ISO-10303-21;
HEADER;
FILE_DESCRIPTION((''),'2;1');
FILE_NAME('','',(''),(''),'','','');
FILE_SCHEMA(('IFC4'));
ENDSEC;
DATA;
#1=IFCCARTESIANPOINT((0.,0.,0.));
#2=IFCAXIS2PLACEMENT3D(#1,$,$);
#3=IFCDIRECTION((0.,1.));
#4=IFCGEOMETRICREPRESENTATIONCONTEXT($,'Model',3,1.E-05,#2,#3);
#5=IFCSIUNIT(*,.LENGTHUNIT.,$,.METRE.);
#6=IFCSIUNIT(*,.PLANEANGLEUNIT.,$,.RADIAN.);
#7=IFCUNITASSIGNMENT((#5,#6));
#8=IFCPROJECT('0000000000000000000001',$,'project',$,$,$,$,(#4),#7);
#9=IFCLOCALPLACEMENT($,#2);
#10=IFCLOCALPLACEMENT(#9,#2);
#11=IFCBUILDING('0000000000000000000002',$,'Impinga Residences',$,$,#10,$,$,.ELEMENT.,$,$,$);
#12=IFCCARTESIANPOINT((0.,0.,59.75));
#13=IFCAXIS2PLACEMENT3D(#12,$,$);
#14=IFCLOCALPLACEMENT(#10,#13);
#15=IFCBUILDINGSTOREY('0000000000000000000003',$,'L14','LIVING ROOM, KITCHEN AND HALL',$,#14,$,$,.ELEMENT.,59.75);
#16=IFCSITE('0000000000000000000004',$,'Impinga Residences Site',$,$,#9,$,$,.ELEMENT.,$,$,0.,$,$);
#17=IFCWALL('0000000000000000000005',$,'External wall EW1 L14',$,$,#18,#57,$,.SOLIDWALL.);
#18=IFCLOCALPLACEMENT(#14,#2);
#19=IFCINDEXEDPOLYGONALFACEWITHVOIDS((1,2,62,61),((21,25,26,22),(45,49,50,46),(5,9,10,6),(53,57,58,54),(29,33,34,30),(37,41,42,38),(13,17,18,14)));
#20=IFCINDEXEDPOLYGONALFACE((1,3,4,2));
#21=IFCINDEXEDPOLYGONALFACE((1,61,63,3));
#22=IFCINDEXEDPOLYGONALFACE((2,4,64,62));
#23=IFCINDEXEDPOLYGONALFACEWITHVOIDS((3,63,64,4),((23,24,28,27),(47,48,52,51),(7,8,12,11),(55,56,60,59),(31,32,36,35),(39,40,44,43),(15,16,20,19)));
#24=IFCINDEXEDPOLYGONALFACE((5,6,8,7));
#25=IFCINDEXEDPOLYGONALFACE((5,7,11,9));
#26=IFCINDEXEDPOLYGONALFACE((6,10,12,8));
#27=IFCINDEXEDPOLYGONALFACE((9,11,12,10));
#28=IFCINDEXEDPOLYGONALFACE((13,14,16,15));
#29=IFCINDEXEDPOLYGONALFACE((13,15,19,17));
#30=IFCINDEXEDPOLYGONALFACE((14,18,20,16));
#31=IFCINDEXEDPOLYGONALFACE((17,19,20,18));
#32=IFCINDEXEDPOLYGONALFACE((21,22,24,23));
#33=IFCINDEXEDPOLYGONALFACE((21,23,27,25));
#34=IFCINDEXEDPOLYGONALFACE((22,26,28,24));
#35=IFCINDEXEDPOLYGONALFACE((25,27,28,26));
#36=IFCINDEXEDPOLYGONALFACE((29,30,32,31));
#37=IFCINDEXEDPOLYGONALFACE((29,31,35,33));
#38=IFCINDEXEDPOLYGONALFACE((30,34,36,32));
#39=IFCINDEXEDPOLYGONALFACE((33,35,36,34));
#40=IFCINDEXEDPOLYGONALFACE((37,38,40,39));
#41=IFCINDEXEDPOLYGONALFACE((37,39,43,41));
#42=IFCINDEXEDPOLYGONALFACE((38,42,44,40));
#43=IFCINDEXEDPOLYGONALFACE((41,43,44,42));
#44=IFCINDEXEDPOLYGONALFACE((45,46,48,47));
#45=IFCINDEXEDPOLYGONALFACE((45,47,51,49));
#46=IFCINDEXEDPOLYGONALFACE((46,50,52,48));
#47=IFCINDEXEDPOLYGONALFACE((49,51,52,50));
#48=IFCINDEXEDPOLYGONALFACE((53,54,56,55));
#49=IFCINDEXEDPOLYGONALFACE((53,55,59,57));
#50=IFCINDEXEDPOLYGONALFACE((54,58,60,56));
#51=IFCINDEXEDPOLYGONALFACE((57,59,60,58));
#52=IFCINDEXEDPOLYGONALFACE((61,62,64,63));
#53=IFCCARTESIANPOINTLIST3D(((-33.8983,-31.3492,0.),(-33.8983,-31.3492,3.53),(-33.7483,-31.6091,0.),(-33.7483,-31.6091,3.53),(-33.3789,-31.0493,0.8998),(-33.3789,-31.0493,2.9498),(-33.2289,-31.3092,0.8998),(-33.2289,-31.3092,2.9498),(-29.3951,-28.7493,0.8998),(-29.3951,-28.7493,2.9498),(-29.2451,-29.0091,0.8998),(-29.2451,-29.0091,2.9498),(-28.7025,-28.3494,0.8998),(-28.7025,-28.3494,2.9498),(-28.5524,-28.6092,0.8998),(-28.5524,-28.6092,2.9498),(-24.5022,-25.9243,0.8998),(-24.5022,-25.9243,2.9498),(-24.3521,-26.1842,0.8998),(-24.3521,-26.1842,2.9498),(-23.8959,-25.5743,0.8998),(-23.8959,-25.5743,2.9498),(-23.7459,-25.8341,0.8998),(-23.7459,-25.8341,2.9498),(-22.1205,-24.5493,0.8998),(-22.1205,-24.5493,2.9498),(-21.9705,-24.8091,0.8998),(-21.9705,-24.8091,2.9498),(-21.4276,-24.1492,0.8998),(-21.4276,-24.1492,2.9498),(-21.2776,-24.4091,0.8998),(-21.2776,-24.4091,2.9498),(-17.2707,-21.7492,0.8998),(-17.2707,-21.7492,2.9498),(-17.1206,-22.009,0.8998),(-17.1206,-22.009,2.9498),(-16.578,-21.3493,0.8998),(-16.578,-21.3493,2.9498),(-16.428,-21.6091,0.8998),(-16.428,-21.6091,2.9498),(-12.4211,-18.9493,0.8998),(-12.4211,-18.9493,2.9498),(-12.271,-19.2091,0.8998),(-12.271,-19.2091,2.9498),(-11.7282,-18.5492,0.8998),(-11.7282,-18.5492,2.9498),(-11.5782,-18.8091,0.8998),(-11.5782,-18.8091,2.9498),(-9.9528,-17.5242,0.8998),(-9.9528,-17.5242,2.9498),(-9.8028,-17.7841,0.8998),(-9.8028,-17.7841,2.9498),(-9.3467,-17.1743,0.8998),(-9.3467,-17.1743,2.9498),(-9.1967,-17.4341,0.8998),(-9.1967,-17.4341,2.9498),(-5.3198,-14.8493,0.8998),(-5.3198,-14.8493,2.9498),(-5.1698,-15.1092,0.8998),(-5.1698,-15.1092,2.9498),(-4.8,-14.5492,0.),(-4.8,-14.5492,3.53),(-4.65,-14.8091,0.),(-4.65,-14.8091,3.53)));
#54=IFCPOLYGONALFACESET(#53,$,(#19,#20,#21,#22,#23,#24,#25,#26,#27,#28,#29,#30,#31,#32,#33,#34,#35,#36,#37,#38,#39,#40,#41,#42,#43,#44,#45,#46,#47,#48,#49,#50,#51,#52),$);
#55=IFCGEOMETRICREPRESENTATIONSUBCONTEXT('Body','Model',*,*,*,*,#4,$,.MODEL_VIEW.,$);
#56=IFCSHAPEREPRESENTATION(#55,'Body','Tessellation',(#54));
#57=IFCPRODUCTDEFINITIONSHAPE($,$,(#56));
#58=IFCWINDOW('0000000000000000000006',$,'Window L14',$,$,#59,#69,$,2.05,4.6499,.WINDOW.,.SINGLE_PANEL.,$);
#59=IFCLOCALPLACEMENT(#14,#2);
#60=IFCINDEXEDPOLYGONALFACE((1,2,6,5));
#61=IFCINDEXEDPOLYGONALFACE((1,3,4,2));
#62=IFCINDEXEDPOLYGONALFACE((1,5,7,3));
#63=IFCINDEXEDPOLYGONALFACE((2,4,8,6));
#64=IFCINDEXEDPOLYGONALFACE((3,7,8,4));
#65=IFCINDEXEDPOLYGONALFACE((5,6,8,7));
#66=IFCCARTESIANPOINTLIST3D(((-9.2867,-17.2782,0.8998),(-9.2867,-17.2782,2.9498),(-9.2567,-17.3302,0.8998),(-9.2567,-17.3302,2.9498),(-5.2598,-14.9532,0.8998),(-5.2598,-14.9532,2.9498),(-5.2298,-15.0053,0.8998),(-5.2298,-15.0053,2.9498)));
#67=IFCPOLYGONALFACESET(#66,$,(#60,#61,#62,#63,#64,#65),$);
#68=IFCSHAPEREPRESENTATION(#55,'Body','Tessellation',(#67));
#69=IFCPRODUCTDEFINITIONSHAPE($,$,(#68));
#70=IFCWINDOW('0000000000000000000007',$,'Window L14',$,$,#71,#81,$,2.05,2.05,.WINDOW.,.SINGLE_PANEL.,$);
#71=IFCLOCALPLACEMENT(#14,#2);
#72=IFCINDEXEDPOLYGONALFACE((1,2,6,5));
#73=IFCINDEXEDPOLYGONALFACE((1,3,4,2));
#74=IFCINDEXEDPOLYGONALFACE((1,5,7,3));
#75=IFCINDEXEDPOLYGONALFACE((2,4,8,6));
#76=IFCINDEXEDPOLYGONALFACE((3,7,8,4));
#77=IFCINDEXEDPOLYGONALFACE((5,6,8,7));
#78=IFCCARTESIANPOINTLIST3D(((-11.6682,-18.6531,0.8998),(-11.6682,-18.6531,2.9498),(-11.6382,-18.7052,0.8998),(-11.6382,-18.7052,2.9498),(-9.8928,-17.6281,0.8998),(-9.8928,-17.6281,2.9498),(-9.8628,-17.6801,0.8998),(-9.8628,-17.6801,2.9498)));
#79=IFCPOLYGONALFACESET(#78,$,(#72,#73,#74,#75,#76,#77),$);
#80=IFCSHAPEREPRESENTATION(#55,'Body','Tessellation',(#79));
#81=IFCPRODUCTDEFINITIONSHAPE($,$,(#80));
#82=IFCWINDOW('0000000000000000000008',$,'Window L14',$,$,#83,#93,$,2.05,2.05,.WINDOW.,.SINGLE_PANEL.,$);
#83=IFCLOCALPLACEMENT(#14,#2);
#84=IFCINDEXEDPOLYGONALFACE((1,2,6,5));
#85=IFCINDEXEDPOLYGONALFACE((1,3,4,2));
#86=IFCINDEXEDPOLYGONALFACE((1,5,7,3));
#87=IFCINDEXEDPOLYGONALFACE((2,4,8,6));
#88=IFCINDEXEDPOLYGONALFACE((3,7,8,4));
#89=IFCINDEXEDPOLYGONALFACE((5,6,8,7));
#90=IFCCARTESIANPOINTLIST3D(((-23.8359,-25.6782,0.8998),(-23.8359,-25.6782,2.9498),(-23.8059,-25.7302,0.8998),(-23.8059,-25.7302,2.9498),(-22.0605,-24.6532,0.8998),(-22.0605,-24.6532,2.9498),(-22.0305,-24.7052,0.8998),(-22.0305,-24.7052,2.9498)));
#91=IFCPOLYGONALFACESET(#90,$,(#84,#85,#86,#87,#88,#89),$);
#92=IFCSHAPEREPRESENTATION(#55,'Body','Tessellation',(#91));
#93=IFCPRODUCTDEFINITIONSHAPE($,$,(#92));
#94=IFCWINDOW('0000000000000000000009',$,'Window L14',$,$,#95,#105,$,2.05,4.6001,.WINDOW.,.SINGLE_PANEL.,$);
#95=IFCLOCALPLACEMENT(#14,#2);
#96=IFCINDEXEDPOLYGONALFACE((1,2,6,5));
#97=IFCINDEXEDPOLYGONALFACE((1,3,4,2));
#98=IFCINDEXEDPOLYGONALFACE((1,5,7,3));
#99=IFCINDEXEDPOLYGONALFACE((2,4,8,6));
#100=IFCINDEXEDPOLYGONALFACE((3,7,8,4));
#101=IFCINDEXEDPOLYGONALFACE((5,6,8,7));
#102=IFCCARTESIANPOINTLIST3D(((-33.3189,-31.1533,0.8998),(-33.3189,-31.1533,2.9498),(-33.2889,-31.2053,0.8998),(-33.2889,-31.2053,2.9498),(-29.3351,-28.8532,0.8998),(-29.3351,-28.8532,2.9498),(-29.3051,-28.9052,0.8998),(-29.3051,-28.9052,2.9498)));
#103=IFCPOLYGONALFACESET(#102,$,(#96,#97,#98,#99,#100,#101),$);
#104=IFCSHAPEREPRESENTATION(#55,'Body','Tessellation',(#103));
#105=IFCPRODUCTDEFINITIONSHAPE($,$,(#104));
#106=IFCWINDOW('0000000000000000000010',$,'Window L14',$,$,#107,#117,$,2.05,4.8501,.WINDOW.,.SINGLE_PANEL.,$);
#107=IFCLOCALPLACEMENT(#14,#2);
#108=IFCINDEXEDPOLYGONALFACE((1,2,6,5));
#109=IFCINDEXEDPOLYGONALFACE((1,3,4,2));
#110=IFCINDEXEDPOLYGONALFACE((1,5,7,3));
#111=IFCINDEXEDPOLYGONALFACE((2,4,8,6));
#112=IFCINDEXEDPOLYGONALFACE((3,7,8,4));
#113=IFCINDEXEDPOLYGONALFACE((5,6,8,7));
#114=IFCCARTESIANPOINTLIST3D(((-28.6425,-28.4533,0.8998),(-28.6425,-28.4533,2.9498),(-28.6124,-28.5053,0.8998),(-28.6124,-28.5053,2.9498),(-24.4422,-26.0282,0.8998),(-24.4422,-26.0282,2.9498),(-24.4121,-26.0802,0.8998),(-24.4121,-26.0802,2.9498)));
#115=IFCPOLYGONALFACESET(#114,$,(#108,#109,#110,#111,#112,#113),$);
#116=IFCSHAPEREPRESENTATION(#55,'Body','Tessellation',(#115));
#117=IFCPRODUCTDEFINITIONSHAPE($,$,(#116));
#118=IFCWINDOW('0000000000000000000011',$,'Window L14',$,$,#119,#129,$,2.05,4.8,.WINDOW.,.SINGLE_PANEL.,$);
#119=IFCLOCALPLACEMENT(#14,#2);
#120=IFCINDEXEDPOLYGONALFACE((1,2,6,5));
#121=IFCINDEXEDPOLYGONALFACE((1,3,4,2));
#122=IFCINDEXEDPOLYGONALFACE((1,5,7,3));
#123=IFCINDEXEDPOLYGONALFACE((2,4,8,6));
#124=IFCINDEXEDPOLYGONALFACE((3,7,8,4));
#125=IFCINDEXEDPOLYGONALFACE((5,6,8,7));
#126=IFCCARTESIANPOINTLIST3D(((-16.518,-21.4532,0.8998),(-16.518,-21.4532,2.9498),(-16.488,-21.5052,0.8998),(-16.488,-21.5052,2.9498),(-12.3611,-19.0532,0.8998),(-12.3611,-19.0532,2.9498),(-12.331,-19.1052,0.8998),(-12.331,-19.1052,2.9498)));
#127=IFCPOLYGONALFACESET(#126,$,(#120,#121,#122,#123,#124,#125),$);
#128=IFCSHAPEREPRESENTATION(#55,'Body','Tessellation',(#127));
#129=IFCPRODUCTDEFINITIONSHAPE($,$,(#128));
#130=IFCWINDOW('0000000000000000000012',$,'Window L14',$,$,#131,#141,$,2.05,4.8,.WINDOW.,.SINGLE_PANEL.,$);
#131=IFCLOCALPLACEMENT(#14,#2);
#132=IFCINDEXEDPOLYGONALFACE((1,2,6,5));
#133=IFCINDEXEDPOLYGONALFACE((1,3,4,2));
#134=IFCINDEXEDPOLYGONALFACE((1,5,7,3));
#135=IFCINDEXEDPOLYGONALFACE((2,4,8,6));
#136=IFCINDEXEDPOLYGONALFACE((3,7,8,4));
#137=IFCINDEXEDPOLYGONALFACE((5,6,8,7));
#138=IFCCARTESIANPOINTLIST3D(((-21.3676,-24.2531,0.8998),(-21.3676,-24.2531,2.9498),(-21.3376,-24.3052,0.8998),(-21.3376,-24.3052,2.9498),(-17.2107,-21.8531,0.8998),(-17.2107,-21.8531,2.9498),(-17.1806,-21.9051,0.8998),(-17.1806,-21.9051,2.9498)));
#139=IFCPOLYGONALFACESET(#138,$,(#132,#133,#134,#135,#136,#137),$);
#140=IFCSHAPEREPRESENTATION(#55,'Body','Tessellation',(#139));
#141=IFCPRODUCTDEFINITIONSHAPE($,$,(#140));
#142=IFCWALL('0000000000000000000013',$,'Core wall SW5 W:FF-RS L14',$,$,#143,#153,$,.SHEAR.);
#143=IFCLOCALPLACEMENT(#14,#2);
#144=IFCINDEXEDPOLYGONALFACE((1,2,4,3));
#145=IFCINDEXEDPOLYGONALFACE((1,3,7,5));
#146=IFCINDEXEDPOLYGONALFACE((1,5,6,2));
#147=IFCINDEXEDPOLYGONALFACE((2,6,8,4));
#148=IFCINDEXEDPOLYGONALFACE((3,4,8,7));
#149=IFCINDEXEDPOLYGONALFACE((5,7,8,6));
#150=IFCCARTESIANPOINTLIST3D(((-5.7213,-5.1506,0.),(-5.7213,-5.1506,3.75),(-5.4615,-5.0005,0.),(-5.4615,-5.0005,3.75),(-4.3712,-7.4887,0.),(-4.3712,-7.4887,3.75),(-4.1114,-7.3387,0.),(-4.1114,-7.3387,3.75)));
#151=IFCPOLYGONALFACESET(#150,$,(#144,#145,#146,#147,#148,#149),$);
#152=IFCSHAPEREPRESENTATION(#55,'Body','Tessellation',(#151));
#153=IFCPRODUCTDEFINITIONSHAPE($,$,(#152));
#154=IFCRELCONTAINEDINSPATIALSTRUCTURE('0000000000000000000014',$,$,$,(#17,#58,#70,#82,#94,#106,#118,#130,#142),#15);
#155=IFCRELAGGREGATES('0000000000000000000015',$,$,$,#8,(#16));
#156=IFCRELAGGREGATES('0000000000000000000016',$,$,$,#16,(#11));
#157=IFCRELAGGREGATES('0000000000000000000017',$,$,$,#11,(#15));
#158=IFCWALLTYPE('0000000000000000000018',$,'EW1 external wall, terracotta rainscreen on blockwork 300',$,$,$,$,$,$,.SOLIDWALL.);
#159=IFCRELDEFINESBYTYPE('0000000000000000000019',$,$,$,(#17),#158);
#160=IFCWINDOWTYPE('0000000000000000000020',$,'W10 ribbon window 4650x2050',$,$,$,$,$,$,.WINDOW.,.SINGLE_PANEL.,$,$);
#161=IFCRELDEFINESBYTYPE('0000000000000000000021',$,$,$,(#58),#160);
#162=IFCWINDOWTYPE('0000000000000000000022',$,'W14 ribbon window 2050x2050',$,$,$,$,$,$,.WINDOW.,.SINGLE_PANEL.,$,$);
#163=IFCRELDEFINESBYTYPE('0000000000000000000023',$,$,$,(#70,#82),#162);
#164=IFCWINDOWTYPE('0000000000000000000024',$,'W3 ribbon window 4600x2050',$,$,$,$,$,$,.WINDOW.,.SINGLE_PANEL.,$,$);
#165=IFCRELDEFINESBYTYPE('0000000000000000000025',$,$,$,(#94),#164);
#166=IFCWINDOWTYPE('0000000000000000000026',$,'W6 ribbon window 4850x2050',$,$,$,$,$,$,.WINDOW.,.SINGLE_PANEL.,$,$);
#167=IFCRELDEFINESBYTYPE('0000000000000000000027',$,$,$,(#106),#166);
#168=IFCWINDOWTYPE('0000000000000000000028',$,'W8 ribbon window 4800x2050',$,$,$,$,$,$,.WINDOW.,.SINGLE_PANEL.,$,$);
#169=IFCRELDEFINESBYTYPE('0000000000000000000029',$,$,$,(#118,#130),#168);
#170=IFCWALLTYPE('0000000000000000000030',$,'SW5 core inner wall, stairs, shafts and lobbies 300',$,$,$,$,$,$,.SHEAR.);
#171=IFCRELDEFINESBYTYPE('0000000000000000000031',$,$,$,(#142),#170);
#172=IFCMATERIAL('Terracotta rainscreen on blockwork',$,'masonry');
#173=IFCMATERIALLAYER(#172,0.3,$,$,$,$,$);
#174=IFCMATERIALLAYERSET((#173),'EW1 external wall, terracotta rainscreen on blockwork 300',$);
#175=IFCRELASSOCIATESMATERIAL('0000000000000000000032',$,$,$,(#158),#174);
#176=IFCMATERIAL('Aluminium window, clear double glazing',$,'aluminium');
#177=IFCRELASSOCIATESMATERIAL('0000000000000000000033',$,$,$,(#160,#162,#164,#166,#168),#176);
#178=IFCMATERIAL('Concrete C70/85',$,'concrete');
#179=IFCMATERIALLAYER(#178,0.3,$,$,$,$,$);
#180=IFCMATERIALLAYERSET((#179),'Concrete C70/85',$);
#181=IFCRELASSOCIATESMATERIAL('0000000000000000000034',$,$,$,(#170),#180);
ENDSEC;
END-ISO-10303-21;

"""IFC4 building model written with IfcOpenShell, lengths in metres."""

from ifc_helpers import new_model, si_unit, direction, frame, frame_2d, origin, place, context, subcontext, project, spatial, rectangle, extrude, material, layer, layer_set, type_object, element, fill, save


model = new_model("IFC4")

# Units and contexts
model_context = context("Model", 3, precision=1e-05, world=origin(), true_north=direction((0.0, 1.0)))
body_context = subcontext(model_context, "Body", "Model", "MODEL_VIEW")
ifc_project = project(units=[si_unit("LENGTHUNIT", "METRE"), si_unit("PLANEANGLEUNIT", "RADIAN")], contexts=[model_context])

# Site, building, storey
site_placement = place(None, origin())
site = spatial("IfcSite", under=ifc_project, at=site_placement, Name="Impinga Residences Site", CompositionType="ELEMENT", RefElevation=0.0)
building_placement = place(site_placement, origin())
building = spatial("IfcBuilding", under=site, at=building_placement, Name="Impinga Residences", CompositionType="ELEMENT")
storey_placement = place(building_placement, frame((0.0, 0.0, 59.75)))
storey = spatial("IfcBuildingStorey", under=building, at=storey_placement, Name="L14", Description="LIVING ROOM, KITCHEN AND HALL", CompositionType="ELEMENT", Elevation=59.75)

# Shared definitions
ifc_material_1 = material(Name="Concrete C70/85", Category="concrete")

# Shared definitions
ifc_material_2 = material(Name="Terracotta rainscreen on blockwork", Category="masonry")
ifc_layer_1 = layer(ifc_material_2, 0.3)
ifc_layer_set_1 = layer_set([ifc_layer_1], Name="EW1 external wall, terracotta rainscreen on blockwork 300")
wall_type_1 = type_object("IfcWallType", Name="EW1 external wall, terracotta rainscreen on blockwork 300", PredefinedType="SOLIDWALL", material=ifc_layer_set_1)

# Wall, openings, windows
wall_1_placement = place(storey_placement, frame((-4.7251, -14.6792, 0.0), z_axis=(0.0, 0.0, 1.0), x_axis=(-0.866024, -0.500002, 0.0)))
wall_1 = element("IfcWall", 1, at=wall_1_placement, inside=storey, type_object=wall_type_1, Name="External wall EW1 L14", PredefinedType="SOLIDWALL", context=body_context, shape_type="SweptSolid", body=[
    extrude(rectangle(XDim=33.5999, YDim=0.3, at=frame_2d((16.7998, 0.0))), origin(), (0.0, 0.0, 1.0), 3.53),
])
opening_1_placement = place(wall_1_placement, frame((0.6001, 0.0, 0.8999)))
opening_1 = element("IfcOpeningElement", 2, at=opening_1_placement, cuts=wall_1, PredefinedType="OPENING", context=body_context, shape_type="SweptSolid", body=[
    extrude(rectangle(XDim=4.6499, YDim=2.05, at=frame_2d((2.325, 1.0249))), frame((0.0, 0.1599, 0.0), z_axis=(0.0, -1.0, 0.0), x_axis=(1.0, 0.0, 0.0)), (0.0, 0.0, 1.0), 0.3201),
])
opening_2_placement = place(wall_1_placement, frame((5.95, 0.0, 0.8999)))
opening_2 = element("IfcOpeningElement", 3, at=opening_2_placement, cuts=wall_1, PredefinedType="OPENING", context=body_context, shape_type="SweptSolid", body=[
    extrude(rectangle(XDim=2.05, YDim=2.05, at=frame_2d((1.0249, 1.0249))), frame((0.0, 0.1599, 0.0), z_axis=(0.0, -1.0, 0.0), x_axis=(1.0, 0.0, 0.0)), (0.0, 0.0, 1.0), 0.3201),
])
opening_3_placement = place(wall_1_placement, frame((8.8, 0.0, 0.8999)))
opening_3 = element("IfcOpeningElement", 4, at=opening_3_placement, cuts=wall_1, PredefinedType="OPENING", context=body_context, shape_type="SweptSolid", body=[
    extrude(rectangle(XDim=4.8, YDim=2.05, at=frame_2d((2.3999, 1.0249))), frame((0.0, 0.1599, 0.0), z_axis=(0.0, -1.0, 0.0), x_axis=(1.0, 0.0, 0.0)), (0.0, 0.0, 1.0), 0.3201),
])
opening_4_placement = place(wall_1_placement, frame((14.3999, 0.0, 0.8999)))
opening_4 = element("IfcOpeningElement", 5, at=opening_4_placement, cuts=wall_1, PredefinedType="OPENING", context=body_context, shape_type="SweptSolid", body=[
    extrude(rectangle(XDim=4.8, YDim=2.05, at=frame_2d((2.3999, 1.0249))), frame((0.0, 0.1599, 0.0), z_axis=(0.0, -1.0, 0.0), x_axis=(1.0, 0.0, 0.0)), (0.0, 0.0, 1.0), 0.3201),
])
opening_5_placement = place(wall_1_placement, frame((20.0, 0.0, 0.8999)))
opening_5 = element("IfcOpeningElement", 6, at=opening_5_placement, cuts=wall_1, PredefinedType="OPENING", context=body_context, shape_type="SweptSolid", body=[
    extrude(rectangle(XDim=2.05, YDim=2.05, at=frame_2d((1.0249, 1.0249))), frame((0.0, 0.1599, 0.0), z_axis=(0.0, -1.0, 0.0), x_axis=(1.0, 0.0, 0.0)), (0.0, 0.0, 1.0), 0.3201),
])
opening_6_placement = place(wall_1_placement, frame((22.75, 0.0, 0.8999)))
opening_6 = element("IfcOpeningElement", 7, at=opening_6_placement, cuts=wall_1, PredefinedType="OPENING", context=body_context, shape_type="SweptSolid", body=[
    extrude(rectangle(XDim=4.8501, YDim=2.05, at=frame_2d((2.425, 1.0249))), frame((0.0, 0.1599, 0.0), z_axis=(0.0, -1.0, 0.0), x_axis=(1.0, 0.0, 0.0)), (0.0, 0.0, 1.0), 0.3201),
])
opening_7_placement = place(wall_1_placement, frame((28.3999, 0.0, 0.8999)))
opening_7 = element("IfcOpeningElement", 8, at=opening_7_placement, cuts=wall_1, PredefinedType="OPENING", context=body_context, shape_type="SweptSolid", body=[
    extrude(rectangle(XDim=4.6001, YDim=2.05, at=frame_2d((2.3, 1.0249))), frame((0.0, 0.1599, 0.0), z_axis=(0.0, -1.0, 0.0), x_axis=(1.0, 0.0, 0.0)), (0.0, 0.0, 1.0), 0.3201),
])
ifc_material_3 = material(Name="Aluminium window, clear double glazing", Category="aluminium")
window_type_1 = type_object("IfcWindowType", Name="W10 ribbon window 4650x2050", PartitioningType="SINGLE_PANEL", PredefinedType="WINDOW", material=ifc_material_3)
window_1_placement = place(opening_1_placement, origin())
window_1 = element("IfcWindow", 9, at=window_1_placement, inside=storey, type_object=window_type_1, Name="Window L14", OverallHeight=2.05, OverallWidth=4.6499, PartitioningType="SINGLE_PANEL", PredefinedType="WINDOW", context=body_context, shape_type="SweptSolid", body=[
    extrude(rectangle(XDim=4.6499, YDim=2.05, at=frame_2d((2.325, 1.0249))), frame((0.0, 0.03, 0.0), z_axis=(0.0, -1.0, 0.0), x_axis=(1.0, 0.0, 0.0)), (0.0, 0.0, 1.0), 0.0601),
])
fill(opening_1, window_1)
window_type_2 = type_object("IfcWindowType", Name="W14 ribbon window 2050x2050", PartitioningType="SINGLE_PANEL", PredefinedType="WINDOW", material=ifc_material_3)
window_2_placement = place(opening_2_placement, origin())
window_2 = element("IfcWindow", 10, at=window_2_placement, inside=storey, type_object=window_type_2, Name="Window L14", OverallHeight=2.05, OverallWidth=2.05, PartitioningType="SINGLE_PANEL", PredefinedType="WINDOW", context=body_context, shape_type="SweptSolid", body=[
    extrude(rectangle(XDim=2.05, YDim=2.05, at=frame_2d((1.0249, 1.0249))), frame((0.0, 0.03, 0.0), z_axis=(0.0, -1.0, 0.0), x_axis=(1.0, 0.0, 0.0)), (0.0, 0.0, 1.0), 0.0601),
])
fill(opening_2, window_2)
window_3_placement = place(opening_5_placement, origin())
window_3 = element("IfcWindow", 11, at=window_3_placement, inside=storey, type_object=window_type_2, Name="Window L14", OverallHeight=2.05, OverallWidth=2.05, PartitioningType="SINGLE_PANEL", PredefinedType="WINDOW", context=body_context, shape_type="SweptSolid", body=[
    extrude(rectangle(XDim=2.05, YDim=2.05, at=frame_2d((1.0249, 1.0249))), frame((0.0, 0.03, 0.0), z_axis=(0.0, -1.0, 0.0), x_axis=(1.0, 0.0, 0.0)), (0.0, 0.0, 1.0), 0.0601),
])
fill(opening_5, window_3)
window_type_3 = type_object("IfcWindowType", Name="W3 ribbon window 4600x2050", PartitioningType="SINGLE_PANEL", PredefinedType="WINDOW", material=ifc_material_3)
window_4_placement = place(opening_7_placement, origin())
window_4 = element("IfcWindow", 12, at=window_4_placement, inside=storey, type_object=window_type_3, Name="Window L14", OverallHeight=2.05, OverallWidth=4.6001, PartitioningType="SINGLE_PANEL", PredefinedType="WINDOW", context=body_context, shape_type="SweptSolid", body=[
    extrude(rectangle(XDim=4.6001, YDim=2.05, at=frame_2d((2.3, 1.0249))), frame((0.0, 0.03, 0.0), z_axis=(0.0, -1.0, 0.0), x_axis=(1.0, 0.0, 0.0)), (0.0, 0.0, 1.0), 0.0601),
])
fill(opening_7, window_4)
window_type_4 = type_object("IfcWindowType", Name="W6 ribbon window 4850x2050", PartitioningType="SINGLE_PANEL", PredefinedType="WINDOW", material=ifc_material_3)
window_5_placement = place(opening_6_placement, origin())
window_5 = element("IfcWindow", 13, at=window_5_placement, inside=storey, type_object=window_type_4, Name="Window L14", OverallHeight=2.05, OverallWidth=4.8501, PartitioningType="SINGLE_PANEL", PredefinedType="WINDOW", context=body_context, shape_type="SweptSolid", body=[
    extrude(rectangle(XDim=4.8501, YDim=2.05, at=frame_2d((2.425, 1.0249))), frame((0.0, 0.03, 0.0), z_axis=(0.0, -1.0, 0.0), x_axis=(1.0, 0.0, 0.0)), (0.0, 0.0, 1.0), 0.0601),
])
fill(opening_6, window_5)
window_type_5 = type_object("IfcWindowType", Name="W8 ribbon window 4800x2050", PartitioningType="SINGLE_PANEL", PredefinedType="WINDOW", material=ifc_material_3)
window_6_placement = place(opening_3_placement, origin())
window_6 = element("IfcWindow", 14, at=window_6_placement, inside=storey, type_object=window_type_5, Name="Window L14", OverallHeight=2.05, OverallWidth=4.8, PartitioningType="SINGLE_PANEL", PredefinedType="WINDOW", context=body_context, shape_type="SweptSolid", body=[
    extrude(rectangle(XDim=4.8, YDim=2.05, at=frame_2d((2.3999, 1.0249))), frame((0.0, 0.03, 0.0), z_axis=(0.0, -1.0, 0.0), x_axis=(1.0, 0.0, 0.0)), (0.0, 0.0, 1.0), 0.0601),
])
fill(opening_3, window_6)
window_7_placement = place(opening_4_placement, origin())
window_7 = element("IfcWindow", 15, at=window_7_placement, inside=storey, type_object=window_type_5, Name="Window L14", OverallHeight=2.05, OverallWidth=4.8, PartitioningType="SINGLE_PANEL", PredefinedType="WINDOW", context=body_context, shape_type="SweptSolid", body=[
    extrude(rectangle(XDim=4.8, YDim=2.05, at=frame_2d((2.3999, 1.0249))), frame((0.0, 0.03, 0.0), z_axis=(0.0, -1.0, 0.0), x_axis=(1.0, 0.0, 0.0)), (0.0, 0.0, 1.0), 0.0601),
])
fill(opening_4, window_7)

# Wall
ifc_layer_2 = layer(ifc_material_1, 0.3)
ifc_layer_set_2 = layer_set([ifc_layer_2], Name="Concrete C70/85")
wall_type_2 = type_object("IfcWallType", Name="SW5 core inner wall, stairs, shafts and lobbies 300", PredefinedType="SHEAR", material=ifc_layer_set_2)
wall_2_placement = place(storey_placement, frame((-4.2412, -7.4138, 0.0), z_axis=(0.0, 0.0, 1.0), x_axis=(-0.500049, 0.865997, 0.0)))
element("IfcWall", 16, at=wall_2_placement, inside=storey, type_object=wall_type_2, Name="Core wall SW5 W:FF-RS L14", PredefinedType="SHEAR", context=body_context, shape_type="SweptSolid", body=[
    extrude(rectangle(XDim=2.7, YDim=0.3, at=frame_2d((1.3501, 0.0))), origin(), (0.0, 0.0, 1.0), 3.75),
])

save(model, "model.ifc")
